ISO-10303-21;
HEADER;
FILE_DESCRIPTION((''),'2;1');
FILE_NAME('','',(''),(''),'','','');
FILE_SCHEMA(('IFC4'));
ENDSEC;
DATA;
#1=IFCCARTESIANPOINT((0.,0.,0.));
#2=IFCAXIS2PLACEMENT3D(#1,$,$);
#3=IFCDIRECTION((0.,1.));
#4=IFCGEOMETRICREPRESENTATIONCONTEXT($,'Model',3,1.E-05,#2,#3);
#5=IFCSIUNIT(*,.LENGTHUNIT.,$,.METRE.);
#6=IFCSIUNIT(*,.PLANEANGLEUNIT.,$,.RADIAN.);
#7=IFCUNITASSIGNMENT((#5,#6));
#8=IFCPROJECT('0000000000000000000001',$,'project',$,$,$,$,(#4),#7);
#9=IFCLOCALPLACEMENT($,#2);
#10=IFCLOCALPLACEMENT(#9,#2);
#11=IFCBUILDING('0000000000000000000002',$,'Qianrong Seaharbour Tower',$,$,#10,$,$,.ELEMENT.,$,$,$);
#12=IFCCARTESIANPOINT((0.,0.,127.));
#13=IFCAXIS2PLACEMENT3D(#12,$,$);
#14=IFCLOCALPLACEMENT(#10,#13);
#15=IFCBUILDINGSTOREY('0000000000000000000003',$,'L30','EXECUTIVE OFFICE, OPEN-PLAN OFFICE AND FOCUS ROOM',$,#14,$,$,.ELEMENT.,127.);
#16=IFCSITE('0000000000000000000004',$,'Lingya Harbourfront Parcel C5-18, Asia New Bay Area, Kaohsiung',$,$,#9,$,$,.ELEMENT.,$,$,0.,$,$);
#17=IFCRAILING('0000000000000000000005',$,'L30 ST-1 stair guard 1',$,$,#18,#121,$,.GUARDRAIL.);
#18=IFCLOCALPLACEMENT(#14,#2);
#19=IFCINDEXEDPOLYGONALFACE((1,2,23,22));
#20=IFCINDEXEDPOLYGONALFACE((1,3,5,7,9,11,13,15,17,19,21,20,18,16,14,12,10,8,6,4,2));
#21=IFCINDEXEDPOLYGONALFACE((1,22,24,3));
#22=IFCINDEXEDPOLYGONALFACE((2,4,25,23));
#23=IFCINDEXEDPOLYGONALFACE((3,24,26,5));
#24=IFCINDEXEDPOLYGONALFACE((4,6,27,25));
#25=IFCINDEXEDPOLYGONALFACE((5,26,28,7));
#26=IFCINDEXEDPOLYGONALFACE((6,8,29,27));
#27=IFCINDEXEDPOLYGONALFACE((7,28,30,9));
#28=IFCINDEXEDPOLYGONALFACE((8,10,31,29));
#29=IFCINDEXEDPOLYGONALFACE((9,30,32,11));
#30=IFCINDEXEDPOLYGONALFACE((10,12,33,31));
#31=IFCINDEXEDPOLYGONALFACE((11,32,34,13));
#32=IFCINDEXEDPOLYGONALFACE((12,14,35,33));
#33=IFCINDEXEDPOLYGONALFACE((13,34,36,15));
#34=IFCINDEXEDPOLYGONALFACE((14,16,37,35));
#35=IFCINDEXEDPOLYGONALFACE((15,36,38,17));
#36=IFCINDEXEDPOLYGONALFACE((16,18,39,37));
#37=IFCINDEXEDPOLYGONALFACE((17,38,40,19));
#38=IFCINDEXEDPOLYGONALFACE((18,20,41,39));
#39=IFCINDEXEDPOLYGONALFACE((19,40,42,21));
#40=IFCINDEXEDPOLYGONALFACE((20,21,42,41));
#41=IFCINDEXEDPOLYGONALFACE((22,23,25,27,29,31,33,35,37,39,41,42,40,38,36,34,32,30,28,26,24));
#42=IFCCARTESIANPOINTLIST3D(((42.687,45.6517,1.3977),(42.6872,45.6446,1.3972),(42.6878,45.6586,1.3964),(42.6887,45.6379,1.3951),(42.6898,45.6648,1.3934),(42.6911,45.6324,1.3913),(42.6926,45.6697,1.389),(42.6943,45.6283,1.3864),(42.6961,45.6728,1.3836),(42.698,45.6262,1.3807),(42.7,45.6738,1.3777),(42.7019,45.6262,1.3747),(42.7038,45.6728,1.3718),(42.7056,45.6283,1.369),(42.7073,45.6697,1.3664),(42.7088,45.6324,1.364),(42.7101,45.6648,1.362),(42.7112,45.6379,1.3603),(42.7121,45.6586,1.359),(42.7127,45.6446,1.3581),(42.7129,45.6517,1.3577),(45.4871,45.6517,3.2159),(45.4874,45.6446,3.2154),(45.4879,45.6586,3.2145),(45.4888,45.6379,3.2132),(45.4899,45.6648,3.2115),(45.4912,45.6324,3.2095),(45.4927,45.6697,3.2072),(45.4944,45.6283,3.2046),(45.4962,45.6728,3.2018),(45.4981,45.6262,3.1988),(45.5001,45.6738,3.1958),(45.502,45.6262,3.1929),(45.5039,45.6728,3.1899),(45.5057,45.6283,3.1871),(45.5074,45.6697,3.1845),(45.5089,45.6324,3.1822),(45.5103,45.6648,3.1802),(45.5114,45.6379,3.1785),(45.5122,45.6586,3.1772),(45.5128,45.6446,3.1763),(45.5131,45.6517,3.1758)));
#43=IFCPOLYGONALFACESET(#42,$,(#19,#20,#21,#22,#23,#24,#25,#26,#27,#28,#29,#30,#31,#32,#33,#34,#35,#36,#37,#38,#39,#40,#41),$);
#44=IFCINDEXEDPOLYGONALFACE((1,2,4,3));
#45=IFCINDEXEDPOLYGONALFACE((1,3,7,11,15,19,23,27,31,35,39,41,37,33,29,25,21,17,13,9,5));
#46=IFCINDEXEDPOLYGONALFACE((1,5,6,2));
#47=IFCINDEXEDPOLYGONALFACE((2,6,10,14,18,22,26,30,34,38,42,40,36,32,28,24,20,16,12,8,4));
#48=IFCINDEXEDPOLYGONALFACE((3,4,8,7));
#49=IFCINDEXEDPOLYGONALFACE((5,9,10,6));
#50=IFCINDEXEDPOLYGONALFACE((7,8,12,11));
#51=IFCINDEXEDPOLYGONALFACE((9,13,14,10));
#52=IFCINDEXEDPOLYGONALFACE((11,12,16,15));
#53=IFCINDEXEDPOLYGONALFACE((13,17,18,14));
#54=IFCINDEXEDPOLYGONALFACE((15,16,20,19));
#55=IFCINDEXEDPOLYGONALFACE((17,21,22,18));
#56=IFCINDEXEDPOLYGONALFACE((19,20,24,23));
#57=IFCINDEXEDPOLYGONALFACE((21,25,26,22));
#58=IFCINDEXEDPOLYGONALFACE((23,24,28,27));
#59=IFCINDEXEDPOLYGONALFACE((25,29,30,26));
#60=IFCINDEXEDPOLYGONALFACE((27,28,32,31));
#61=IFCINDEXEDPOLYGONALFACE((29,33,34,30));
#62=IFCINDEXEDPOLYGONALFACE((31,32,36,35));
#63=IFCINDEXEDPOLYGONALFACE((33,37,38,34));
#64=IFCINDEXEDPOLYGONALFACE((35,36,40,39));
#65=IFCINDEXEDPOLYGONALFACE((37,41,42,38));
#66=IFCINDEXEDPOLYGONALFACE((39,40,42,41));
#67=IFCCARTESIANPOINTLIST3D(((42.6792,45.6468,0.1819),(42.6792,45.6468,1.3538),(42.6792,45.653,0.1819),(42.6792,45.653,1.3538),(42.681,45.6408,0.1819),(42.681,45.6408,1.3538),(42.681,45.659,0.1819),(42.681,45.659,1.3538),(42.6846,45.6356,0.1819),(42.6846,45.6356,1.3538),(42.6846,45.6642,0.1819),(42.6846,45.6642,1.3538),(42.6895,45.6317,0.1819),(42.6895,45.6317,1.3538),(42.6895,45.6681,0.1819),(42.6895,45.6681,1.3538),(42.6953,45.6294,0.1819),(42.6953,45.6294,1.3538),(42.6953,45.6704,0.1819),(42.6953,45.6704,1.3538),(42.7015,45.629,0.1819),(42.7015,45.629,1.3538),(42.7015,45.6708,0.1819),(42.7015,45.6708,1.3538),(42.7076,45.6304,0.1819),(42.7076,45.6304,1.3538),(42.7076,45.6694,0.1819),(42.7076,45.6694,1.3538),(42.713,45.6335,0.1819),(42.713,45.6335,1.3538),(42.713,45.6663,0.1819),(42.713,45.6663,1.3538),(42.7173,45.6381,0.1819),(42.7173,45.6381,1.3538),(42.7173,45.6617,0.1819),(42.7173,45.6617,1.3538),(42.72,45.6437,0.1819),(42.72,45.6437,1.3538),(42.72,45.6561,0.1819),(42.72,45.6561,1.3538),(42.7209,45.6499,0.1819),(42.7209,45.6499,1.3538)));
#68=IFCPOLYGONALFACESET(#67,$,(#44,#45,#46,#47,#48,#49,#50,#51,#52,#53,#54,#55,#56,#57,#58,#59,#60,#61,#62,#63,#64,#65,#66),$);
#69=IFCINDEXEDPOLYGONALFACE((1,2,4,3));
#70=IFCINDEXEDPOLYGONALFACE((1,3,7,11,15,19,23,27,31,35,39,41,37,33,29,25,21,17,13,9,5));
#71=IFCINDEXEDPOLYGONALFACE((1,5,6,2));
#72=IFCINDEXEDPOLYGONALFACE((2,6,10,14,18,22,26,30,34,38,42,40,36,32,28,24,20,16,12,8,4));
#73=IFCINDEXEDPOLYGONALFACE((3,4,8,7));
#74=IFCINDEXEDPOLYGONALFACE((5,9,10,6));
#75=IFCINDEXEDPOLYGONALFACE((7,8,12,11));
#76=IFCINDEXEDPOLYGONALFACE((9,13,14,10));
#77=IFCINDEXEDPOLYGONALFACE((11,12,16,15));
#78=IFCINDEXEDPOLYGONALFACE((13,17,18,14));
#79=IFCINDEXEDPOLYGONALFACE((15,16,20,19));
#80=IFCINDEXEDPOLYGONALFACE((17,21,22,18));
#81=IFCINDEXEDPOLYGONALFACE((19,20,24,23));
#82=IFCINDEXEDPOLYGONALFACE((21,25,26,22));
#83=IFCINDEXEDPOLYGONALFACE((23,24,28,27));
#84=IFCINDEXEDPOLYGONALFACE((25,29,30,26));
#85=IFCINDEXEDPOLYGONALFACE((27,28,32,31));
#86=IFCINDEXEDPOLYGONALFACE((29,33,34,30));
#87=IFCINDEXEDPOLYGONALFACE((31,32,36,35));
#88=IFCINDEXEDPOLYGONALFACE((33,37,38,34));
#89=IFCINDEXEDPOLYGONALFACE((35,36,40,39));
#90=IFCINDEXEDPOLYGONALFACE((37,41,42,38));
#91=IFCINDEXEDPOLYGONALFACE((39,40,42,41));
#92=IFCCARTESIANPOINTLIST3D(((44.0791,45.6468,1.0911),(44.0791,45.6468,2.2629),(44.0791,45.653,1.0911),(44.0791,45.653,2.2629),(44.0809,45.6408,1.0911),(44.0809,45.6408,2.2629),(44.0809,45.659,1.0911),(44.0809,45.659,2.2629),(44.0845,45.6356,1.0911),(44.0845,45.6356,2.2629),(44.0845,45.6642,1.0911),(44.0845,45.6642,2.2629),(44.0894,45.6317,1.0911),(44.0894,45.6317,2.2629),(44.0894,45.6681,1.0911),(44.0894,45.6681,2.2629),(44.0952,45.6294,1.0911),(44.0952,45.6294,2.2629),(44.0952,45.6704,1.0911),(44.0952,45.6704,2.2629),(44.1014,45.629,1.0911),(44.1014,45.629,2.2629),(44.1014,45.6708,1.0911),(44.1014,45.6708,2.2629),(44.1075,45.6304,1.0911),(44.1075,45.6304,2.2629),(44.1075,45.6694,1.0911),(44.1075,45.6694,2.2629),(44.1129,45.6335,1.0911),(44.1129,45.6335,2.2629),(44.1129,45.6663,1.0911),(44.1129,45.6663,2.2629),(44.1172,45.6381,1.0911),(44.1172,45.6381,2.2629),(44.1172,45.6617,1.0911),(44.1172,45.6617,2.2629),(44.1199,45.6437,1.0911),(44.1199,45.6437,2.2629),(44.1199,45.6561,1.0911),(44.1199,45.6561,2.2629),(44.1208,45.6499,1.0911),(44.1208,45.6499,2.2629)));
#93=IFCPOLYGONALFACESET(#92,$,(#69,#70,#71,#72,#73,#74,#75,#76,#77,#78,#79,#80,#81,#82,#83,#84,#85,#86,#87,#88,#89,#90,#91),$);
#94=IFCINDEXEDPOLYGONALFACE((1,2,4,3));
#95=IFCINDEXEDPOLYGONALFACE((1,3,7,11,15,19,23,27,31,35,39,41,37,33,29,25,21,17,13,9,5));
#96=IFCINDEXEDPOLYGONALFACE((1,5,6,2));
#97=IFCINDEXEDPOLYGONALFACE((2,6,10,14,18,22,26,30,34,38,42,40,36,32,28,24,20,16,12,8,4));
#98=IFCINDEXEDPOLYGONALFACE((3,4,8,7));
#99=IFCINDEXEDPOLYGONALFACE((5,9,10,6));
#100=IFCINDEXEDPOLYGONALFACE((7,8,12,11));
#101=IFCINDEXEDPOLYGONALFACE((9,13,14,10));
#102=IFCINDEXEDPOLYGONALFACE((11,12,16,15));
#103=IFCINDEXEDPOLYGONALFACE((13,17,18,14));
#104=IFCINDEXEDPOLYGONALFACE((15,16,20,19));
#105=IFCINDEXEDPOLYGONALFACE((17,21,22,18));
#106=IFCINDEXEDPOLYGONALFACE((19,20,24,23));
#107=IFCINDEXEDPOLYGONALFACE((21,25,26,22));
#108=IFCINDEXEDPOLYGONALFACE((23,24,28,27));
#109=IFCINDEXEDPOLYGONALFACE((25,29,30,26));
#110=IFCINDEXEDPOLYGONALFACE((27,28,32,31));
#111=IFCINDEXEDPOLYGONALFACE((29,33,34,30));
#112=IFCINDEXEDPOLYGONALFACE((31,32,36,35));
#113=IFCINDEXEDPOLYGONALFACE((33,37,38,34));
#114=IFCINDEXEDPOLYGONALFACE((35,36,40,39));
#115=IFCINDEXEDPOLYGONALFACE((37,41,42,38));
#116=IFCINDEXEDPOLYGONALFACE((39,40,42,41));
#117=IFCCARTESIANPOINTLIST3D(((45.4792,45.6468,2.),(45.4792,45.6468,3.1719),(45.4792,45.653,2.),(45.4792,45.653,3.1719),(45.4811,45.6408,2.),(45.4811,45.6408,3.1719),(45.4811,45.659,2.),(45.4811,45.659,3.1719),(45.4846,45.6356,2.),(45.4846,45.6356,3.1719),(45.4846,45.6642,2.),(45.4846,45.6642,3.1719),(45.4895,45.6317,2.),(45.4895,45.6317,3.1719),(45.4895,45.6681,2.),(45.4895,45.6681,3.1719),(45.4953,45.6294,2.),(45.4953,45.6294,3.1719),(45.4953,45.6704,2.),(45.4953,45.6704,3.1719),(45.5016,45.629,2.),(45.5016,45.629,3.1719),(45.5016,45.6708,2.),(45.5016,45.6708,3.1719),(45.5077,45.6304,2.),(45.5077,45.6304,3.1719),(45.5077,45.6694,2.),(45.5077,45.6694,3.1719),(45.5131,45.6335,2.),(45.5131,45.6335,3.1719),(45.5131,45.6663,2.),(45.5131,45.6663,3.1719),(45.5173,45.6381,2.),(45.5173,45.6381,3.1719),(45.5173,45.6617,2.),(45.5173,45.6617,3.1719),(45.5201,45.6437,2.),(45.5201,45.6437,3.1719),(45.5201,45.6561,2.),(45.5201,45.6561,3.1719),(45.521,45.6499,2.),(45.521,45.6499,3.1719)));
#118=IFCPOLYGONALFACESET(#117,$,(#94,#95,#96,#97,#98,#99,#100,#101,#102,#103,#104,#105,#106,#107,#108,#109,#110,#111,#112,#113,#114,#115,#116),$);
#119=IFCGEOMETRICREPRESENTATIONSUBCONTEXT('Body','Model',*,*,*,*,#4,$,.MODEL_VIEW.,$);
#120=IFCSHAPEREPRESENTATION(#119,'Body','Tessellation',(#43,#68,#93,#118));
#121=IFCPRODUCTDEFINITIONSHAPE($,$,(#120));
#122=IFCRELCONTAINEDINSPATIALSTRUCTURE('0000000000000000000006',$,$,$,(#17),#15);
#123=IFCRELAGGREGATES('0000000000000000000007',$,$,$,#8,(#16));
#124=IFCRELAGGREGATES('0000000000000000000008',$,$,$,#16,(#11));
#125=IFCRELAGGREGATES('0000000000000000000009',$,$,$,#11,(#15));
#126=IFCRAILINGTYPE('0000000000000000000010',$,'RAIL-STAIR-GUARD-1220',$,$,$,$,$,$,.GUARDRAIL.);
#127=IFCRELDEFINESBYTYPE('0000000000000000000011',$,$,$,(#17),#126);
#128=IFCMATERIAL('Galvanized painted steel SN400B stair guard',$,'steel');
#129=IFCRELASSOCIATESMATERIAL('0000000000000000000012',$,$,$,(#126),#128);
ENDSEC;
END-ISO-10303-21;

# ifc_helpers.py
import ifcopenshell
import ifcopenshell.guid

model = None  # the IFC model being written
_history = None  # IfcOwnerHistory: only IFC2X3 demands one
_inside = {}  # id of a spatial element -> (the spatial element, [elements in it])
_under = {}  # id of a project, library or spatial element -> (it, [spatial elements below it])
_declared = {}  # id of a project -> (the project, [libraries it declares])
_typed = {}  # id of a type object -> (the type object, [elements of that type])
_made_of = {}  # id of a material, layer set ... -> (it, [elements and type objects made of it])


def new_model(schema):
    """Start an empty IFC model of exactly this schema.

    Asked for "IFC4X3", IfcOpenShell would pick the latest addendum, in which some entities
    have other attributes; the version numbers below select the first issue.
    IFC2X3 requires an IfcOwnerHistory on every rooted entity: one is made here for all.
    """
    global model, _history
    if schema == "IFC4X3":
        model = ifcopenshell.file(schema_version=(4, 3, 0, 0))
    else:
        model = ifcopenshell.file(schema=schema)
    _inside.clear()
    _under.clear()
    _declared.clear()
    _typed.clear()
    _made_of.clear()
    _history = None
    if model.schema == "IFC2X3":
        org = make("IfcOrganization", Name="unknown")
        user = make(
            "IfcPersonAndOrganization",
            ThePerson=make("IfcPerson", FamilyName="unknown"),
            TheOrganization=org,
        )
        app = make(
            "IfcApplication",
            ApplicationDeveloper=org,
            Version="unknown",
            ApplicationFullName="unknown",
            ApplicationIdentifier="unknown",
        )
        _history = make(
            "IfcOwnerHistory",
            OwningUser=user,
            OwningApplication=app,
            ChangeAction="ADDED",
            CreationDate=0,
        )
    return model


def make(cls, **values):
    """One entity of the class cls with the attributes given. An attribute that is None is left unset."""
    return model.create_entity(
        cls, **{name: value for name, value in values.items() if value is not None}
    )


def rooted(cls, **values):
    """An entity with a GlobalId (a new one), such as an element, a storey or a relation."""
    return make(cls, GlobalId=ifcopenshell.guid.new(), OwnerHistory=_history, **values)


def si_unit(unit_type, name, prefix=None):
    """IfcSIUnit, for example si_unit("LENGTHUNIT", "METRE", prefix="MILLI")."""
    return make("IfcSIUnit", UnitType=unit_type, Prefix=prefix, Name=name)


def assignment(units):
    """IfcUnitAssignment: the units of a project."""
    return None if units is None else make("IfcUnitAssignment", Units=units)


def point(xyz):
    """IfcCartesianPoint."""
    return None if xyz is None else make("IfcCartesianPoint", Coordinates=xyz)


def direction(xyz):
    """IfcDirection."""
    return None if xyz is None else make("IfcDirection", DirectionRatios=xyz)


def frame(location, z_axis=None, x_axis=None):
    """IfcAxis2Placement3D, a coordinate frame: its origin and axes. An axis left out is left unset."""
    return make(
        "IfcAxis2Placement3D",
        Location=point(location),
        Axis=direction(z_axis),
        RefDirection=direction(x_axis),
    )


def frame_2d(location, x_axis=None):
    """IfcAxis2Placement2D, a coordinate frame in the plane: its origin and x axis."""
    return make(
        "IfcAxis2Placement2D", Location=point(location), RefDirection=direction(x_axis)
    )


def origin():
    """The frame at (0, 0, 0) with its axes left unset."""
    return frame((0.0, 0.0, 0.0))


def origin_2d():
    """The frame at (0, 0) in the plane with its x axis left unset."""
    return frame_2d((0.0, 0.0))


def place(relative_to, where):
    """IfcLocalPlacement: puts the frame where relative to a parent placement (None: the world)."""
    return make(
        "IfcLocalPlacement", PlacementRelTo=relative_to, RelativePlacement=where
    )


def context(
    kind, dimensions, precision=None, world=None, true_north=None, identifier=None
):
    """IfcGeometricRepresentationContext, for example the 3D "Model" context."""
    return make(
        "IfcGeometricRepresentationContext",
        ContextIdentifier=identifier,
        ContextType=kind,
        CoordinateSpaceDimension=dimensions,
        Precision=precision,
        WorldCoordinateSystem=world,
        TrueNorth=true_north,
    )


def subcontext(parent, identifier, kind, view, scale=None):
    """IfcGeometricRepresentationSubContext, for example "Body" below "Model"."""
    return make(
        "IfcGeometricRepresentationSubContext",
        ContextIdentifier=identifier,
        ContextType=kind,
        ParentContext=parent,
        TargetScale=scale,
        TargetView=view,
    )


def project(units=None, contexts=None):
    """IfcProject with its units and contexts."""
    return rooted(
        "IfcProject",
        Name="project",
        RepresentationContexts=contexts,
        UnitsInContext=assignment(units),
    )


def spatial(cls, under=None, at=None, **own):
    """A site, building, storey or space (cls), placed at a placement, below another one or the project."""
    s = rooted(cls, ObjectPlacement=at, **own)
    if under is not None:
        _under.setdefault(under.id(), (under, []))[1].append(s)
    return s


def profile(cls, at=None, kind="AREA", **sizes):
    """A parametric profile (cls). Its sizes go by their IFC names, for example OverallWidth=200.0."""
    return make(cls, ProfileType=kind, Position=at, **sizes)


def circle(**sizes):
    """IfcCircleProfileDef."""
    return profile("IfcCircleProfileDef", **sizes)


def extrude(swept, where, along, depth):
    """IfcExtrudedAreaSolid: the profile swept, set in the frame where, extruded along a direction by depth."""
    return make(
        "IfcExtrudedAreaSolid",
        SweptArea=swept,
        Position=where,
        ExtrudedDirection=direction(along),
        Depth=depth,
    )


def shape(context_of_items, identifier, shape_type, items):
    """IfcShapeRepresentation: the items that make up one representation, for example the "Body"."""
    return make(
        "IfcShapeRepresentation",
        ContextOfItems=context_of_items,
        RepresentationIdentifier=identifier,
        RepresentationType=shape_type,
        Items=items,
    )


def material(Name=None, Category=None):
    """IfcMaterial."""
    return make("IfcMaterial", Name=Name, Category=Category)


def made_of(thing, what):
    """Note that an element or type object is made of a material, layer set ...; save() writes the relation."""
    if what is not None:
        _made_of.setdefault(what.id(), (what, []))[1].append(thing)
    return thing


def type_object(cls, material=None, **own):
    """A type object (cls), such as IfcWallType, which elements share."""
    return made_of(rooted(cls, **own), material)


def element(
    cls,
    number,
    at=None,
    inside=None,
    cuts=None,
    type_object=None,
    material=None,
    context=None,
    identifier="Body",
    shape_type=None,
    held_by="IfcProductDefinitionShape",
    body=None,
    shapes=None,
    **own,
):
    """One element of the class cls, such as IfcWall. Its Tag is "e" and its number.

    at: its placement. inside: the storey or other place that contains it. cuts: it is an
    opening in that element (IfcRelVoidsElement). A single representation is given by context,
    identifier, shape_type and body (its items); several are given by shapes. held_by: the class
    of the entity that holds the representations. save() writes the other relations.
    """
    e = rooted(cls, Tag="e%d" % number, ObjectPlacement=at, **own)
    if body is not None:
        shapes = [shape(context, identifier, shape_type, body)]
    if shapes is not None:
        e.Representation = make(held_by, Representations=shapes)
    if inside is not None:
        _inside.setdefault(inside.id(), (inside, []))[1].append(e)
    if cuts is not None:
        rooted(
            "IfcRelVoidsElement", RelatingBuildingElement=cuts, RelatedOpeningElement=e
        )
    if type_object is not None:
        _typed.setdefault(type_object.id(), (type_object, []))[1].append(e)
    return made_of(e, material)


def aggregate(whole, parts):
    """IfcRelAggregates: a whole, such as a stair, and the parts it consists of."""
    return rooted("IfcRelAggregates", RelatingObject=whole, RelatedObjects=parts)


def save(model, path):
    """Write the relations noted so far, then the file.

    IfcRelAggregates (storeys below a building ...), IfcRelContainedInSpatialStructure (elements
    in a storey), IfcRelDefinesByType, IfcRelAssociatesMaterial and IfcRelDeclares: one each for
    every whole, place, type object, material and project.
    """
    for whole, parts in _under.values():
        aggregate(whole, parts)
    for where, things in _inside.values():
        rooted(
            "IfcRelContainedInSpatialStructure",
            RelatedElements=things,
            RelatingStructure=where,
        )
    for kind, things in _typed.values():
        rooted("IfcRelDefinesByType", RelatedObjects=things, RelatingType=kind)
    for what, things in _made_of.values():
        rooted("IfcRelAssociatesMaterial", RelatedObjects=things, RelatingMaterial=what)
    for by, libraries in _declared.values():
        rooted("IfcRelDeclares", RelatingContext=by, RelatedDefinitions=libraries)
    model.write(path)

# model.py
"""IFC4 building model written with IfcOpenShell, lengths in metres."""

from ifc_helpers import new_model, si_unit, direction, frame, origin, origin_2d, place, context, subcontext, project, spatial, circle, extrude, material, type_object, element, save


model = new_model("IFC4")

# Units and contexts
model_context = context("Model", 3, precision=1e-05, world=origin(), true_north=direction((0.0, 1.0)))
body_context = subcontext(model_context, "Body", "Model", "MODEL_VIEW")
ifc_project = project(units=[si_unit("LENGTHUNIT", "METRE"), si_unit("PLANEANGLEUNIT", "RADIAN")], contexts=[model_context])

# Site, building, storey
site_placement = place(None, origin())
site = spatial("IfcSite", under=ifc_project, at=site_placement, Name="Lingya Harbourfront Parcel C5-18, Asia New Bay Area, Kaohsiung", CompositionType="ELEMENT", RefElevation=0.0)
building_placement = place(site_placement, origin())
building = spatial("IfcBuilding", under=site, at=building_placement, Name="Qianrong Seaharbour Tower", CompositionType="ELEMENT")
storey_placement = place(building_placement, frame((0.0, 0.0, 127.0)))
storey = spatial("IfcBuildingStorey", under=building, at=storey_placement, Name="L30", Description="EXECUTIVE OFFICE, OPEN-PLAN OFFICE AND FOCUS ROOM", CompositionType="ELEMENT", Elevation=127.0)

# Railing
ifc_material_1 = material(Name="Galvanized painted steel SN400B stair guard", Category="steel")
railing_type_1 = type_object("IfcRailingType", Name="RAIL-STAIR-GUARD-1220", PredefinedType="GUARDRAIL", material=ifc_material_1)
railing_1_placement = place(storey_placement, frame((42.7, 45.6499, 0.1819)))
element("IfcRailing", 1, at=railing_1_placement, inside=storey, type_object=railing_type_1, Name="L30 ST-1 stair guard 1", PredefinedType="GUARDRAIL", context=body_context, shape_type="SweptSolid", body=[
    extrude(circle(Radius=0.0239, at=origin_2d()), frame((0.0, 0.0, 1.1958), z_axis=(0.838706, 0.0, 0.544585), x_axis=(0.0, 1.0, 0.0)), (0.0, 0.0, 1.0), 3.3386),
    extrude(circle(Radius=0.021, at=origin_2d()), origin(), (0.0, 0.0, 1.0), 1.1719),
    extrude(circle(Radius=0.021, at=origin_2d()), frame((1.3999, 0.0, 0.9092)), (0.0, 0.0, 1.0), 1.1719),
    extrude(circle(Radius=0.021, at=origin_2d()), frame((2.8, 0.0, 1.8181)), (0.0, 0.0, 1.0), 1.1719),
])

save(model, "model.ifc")
